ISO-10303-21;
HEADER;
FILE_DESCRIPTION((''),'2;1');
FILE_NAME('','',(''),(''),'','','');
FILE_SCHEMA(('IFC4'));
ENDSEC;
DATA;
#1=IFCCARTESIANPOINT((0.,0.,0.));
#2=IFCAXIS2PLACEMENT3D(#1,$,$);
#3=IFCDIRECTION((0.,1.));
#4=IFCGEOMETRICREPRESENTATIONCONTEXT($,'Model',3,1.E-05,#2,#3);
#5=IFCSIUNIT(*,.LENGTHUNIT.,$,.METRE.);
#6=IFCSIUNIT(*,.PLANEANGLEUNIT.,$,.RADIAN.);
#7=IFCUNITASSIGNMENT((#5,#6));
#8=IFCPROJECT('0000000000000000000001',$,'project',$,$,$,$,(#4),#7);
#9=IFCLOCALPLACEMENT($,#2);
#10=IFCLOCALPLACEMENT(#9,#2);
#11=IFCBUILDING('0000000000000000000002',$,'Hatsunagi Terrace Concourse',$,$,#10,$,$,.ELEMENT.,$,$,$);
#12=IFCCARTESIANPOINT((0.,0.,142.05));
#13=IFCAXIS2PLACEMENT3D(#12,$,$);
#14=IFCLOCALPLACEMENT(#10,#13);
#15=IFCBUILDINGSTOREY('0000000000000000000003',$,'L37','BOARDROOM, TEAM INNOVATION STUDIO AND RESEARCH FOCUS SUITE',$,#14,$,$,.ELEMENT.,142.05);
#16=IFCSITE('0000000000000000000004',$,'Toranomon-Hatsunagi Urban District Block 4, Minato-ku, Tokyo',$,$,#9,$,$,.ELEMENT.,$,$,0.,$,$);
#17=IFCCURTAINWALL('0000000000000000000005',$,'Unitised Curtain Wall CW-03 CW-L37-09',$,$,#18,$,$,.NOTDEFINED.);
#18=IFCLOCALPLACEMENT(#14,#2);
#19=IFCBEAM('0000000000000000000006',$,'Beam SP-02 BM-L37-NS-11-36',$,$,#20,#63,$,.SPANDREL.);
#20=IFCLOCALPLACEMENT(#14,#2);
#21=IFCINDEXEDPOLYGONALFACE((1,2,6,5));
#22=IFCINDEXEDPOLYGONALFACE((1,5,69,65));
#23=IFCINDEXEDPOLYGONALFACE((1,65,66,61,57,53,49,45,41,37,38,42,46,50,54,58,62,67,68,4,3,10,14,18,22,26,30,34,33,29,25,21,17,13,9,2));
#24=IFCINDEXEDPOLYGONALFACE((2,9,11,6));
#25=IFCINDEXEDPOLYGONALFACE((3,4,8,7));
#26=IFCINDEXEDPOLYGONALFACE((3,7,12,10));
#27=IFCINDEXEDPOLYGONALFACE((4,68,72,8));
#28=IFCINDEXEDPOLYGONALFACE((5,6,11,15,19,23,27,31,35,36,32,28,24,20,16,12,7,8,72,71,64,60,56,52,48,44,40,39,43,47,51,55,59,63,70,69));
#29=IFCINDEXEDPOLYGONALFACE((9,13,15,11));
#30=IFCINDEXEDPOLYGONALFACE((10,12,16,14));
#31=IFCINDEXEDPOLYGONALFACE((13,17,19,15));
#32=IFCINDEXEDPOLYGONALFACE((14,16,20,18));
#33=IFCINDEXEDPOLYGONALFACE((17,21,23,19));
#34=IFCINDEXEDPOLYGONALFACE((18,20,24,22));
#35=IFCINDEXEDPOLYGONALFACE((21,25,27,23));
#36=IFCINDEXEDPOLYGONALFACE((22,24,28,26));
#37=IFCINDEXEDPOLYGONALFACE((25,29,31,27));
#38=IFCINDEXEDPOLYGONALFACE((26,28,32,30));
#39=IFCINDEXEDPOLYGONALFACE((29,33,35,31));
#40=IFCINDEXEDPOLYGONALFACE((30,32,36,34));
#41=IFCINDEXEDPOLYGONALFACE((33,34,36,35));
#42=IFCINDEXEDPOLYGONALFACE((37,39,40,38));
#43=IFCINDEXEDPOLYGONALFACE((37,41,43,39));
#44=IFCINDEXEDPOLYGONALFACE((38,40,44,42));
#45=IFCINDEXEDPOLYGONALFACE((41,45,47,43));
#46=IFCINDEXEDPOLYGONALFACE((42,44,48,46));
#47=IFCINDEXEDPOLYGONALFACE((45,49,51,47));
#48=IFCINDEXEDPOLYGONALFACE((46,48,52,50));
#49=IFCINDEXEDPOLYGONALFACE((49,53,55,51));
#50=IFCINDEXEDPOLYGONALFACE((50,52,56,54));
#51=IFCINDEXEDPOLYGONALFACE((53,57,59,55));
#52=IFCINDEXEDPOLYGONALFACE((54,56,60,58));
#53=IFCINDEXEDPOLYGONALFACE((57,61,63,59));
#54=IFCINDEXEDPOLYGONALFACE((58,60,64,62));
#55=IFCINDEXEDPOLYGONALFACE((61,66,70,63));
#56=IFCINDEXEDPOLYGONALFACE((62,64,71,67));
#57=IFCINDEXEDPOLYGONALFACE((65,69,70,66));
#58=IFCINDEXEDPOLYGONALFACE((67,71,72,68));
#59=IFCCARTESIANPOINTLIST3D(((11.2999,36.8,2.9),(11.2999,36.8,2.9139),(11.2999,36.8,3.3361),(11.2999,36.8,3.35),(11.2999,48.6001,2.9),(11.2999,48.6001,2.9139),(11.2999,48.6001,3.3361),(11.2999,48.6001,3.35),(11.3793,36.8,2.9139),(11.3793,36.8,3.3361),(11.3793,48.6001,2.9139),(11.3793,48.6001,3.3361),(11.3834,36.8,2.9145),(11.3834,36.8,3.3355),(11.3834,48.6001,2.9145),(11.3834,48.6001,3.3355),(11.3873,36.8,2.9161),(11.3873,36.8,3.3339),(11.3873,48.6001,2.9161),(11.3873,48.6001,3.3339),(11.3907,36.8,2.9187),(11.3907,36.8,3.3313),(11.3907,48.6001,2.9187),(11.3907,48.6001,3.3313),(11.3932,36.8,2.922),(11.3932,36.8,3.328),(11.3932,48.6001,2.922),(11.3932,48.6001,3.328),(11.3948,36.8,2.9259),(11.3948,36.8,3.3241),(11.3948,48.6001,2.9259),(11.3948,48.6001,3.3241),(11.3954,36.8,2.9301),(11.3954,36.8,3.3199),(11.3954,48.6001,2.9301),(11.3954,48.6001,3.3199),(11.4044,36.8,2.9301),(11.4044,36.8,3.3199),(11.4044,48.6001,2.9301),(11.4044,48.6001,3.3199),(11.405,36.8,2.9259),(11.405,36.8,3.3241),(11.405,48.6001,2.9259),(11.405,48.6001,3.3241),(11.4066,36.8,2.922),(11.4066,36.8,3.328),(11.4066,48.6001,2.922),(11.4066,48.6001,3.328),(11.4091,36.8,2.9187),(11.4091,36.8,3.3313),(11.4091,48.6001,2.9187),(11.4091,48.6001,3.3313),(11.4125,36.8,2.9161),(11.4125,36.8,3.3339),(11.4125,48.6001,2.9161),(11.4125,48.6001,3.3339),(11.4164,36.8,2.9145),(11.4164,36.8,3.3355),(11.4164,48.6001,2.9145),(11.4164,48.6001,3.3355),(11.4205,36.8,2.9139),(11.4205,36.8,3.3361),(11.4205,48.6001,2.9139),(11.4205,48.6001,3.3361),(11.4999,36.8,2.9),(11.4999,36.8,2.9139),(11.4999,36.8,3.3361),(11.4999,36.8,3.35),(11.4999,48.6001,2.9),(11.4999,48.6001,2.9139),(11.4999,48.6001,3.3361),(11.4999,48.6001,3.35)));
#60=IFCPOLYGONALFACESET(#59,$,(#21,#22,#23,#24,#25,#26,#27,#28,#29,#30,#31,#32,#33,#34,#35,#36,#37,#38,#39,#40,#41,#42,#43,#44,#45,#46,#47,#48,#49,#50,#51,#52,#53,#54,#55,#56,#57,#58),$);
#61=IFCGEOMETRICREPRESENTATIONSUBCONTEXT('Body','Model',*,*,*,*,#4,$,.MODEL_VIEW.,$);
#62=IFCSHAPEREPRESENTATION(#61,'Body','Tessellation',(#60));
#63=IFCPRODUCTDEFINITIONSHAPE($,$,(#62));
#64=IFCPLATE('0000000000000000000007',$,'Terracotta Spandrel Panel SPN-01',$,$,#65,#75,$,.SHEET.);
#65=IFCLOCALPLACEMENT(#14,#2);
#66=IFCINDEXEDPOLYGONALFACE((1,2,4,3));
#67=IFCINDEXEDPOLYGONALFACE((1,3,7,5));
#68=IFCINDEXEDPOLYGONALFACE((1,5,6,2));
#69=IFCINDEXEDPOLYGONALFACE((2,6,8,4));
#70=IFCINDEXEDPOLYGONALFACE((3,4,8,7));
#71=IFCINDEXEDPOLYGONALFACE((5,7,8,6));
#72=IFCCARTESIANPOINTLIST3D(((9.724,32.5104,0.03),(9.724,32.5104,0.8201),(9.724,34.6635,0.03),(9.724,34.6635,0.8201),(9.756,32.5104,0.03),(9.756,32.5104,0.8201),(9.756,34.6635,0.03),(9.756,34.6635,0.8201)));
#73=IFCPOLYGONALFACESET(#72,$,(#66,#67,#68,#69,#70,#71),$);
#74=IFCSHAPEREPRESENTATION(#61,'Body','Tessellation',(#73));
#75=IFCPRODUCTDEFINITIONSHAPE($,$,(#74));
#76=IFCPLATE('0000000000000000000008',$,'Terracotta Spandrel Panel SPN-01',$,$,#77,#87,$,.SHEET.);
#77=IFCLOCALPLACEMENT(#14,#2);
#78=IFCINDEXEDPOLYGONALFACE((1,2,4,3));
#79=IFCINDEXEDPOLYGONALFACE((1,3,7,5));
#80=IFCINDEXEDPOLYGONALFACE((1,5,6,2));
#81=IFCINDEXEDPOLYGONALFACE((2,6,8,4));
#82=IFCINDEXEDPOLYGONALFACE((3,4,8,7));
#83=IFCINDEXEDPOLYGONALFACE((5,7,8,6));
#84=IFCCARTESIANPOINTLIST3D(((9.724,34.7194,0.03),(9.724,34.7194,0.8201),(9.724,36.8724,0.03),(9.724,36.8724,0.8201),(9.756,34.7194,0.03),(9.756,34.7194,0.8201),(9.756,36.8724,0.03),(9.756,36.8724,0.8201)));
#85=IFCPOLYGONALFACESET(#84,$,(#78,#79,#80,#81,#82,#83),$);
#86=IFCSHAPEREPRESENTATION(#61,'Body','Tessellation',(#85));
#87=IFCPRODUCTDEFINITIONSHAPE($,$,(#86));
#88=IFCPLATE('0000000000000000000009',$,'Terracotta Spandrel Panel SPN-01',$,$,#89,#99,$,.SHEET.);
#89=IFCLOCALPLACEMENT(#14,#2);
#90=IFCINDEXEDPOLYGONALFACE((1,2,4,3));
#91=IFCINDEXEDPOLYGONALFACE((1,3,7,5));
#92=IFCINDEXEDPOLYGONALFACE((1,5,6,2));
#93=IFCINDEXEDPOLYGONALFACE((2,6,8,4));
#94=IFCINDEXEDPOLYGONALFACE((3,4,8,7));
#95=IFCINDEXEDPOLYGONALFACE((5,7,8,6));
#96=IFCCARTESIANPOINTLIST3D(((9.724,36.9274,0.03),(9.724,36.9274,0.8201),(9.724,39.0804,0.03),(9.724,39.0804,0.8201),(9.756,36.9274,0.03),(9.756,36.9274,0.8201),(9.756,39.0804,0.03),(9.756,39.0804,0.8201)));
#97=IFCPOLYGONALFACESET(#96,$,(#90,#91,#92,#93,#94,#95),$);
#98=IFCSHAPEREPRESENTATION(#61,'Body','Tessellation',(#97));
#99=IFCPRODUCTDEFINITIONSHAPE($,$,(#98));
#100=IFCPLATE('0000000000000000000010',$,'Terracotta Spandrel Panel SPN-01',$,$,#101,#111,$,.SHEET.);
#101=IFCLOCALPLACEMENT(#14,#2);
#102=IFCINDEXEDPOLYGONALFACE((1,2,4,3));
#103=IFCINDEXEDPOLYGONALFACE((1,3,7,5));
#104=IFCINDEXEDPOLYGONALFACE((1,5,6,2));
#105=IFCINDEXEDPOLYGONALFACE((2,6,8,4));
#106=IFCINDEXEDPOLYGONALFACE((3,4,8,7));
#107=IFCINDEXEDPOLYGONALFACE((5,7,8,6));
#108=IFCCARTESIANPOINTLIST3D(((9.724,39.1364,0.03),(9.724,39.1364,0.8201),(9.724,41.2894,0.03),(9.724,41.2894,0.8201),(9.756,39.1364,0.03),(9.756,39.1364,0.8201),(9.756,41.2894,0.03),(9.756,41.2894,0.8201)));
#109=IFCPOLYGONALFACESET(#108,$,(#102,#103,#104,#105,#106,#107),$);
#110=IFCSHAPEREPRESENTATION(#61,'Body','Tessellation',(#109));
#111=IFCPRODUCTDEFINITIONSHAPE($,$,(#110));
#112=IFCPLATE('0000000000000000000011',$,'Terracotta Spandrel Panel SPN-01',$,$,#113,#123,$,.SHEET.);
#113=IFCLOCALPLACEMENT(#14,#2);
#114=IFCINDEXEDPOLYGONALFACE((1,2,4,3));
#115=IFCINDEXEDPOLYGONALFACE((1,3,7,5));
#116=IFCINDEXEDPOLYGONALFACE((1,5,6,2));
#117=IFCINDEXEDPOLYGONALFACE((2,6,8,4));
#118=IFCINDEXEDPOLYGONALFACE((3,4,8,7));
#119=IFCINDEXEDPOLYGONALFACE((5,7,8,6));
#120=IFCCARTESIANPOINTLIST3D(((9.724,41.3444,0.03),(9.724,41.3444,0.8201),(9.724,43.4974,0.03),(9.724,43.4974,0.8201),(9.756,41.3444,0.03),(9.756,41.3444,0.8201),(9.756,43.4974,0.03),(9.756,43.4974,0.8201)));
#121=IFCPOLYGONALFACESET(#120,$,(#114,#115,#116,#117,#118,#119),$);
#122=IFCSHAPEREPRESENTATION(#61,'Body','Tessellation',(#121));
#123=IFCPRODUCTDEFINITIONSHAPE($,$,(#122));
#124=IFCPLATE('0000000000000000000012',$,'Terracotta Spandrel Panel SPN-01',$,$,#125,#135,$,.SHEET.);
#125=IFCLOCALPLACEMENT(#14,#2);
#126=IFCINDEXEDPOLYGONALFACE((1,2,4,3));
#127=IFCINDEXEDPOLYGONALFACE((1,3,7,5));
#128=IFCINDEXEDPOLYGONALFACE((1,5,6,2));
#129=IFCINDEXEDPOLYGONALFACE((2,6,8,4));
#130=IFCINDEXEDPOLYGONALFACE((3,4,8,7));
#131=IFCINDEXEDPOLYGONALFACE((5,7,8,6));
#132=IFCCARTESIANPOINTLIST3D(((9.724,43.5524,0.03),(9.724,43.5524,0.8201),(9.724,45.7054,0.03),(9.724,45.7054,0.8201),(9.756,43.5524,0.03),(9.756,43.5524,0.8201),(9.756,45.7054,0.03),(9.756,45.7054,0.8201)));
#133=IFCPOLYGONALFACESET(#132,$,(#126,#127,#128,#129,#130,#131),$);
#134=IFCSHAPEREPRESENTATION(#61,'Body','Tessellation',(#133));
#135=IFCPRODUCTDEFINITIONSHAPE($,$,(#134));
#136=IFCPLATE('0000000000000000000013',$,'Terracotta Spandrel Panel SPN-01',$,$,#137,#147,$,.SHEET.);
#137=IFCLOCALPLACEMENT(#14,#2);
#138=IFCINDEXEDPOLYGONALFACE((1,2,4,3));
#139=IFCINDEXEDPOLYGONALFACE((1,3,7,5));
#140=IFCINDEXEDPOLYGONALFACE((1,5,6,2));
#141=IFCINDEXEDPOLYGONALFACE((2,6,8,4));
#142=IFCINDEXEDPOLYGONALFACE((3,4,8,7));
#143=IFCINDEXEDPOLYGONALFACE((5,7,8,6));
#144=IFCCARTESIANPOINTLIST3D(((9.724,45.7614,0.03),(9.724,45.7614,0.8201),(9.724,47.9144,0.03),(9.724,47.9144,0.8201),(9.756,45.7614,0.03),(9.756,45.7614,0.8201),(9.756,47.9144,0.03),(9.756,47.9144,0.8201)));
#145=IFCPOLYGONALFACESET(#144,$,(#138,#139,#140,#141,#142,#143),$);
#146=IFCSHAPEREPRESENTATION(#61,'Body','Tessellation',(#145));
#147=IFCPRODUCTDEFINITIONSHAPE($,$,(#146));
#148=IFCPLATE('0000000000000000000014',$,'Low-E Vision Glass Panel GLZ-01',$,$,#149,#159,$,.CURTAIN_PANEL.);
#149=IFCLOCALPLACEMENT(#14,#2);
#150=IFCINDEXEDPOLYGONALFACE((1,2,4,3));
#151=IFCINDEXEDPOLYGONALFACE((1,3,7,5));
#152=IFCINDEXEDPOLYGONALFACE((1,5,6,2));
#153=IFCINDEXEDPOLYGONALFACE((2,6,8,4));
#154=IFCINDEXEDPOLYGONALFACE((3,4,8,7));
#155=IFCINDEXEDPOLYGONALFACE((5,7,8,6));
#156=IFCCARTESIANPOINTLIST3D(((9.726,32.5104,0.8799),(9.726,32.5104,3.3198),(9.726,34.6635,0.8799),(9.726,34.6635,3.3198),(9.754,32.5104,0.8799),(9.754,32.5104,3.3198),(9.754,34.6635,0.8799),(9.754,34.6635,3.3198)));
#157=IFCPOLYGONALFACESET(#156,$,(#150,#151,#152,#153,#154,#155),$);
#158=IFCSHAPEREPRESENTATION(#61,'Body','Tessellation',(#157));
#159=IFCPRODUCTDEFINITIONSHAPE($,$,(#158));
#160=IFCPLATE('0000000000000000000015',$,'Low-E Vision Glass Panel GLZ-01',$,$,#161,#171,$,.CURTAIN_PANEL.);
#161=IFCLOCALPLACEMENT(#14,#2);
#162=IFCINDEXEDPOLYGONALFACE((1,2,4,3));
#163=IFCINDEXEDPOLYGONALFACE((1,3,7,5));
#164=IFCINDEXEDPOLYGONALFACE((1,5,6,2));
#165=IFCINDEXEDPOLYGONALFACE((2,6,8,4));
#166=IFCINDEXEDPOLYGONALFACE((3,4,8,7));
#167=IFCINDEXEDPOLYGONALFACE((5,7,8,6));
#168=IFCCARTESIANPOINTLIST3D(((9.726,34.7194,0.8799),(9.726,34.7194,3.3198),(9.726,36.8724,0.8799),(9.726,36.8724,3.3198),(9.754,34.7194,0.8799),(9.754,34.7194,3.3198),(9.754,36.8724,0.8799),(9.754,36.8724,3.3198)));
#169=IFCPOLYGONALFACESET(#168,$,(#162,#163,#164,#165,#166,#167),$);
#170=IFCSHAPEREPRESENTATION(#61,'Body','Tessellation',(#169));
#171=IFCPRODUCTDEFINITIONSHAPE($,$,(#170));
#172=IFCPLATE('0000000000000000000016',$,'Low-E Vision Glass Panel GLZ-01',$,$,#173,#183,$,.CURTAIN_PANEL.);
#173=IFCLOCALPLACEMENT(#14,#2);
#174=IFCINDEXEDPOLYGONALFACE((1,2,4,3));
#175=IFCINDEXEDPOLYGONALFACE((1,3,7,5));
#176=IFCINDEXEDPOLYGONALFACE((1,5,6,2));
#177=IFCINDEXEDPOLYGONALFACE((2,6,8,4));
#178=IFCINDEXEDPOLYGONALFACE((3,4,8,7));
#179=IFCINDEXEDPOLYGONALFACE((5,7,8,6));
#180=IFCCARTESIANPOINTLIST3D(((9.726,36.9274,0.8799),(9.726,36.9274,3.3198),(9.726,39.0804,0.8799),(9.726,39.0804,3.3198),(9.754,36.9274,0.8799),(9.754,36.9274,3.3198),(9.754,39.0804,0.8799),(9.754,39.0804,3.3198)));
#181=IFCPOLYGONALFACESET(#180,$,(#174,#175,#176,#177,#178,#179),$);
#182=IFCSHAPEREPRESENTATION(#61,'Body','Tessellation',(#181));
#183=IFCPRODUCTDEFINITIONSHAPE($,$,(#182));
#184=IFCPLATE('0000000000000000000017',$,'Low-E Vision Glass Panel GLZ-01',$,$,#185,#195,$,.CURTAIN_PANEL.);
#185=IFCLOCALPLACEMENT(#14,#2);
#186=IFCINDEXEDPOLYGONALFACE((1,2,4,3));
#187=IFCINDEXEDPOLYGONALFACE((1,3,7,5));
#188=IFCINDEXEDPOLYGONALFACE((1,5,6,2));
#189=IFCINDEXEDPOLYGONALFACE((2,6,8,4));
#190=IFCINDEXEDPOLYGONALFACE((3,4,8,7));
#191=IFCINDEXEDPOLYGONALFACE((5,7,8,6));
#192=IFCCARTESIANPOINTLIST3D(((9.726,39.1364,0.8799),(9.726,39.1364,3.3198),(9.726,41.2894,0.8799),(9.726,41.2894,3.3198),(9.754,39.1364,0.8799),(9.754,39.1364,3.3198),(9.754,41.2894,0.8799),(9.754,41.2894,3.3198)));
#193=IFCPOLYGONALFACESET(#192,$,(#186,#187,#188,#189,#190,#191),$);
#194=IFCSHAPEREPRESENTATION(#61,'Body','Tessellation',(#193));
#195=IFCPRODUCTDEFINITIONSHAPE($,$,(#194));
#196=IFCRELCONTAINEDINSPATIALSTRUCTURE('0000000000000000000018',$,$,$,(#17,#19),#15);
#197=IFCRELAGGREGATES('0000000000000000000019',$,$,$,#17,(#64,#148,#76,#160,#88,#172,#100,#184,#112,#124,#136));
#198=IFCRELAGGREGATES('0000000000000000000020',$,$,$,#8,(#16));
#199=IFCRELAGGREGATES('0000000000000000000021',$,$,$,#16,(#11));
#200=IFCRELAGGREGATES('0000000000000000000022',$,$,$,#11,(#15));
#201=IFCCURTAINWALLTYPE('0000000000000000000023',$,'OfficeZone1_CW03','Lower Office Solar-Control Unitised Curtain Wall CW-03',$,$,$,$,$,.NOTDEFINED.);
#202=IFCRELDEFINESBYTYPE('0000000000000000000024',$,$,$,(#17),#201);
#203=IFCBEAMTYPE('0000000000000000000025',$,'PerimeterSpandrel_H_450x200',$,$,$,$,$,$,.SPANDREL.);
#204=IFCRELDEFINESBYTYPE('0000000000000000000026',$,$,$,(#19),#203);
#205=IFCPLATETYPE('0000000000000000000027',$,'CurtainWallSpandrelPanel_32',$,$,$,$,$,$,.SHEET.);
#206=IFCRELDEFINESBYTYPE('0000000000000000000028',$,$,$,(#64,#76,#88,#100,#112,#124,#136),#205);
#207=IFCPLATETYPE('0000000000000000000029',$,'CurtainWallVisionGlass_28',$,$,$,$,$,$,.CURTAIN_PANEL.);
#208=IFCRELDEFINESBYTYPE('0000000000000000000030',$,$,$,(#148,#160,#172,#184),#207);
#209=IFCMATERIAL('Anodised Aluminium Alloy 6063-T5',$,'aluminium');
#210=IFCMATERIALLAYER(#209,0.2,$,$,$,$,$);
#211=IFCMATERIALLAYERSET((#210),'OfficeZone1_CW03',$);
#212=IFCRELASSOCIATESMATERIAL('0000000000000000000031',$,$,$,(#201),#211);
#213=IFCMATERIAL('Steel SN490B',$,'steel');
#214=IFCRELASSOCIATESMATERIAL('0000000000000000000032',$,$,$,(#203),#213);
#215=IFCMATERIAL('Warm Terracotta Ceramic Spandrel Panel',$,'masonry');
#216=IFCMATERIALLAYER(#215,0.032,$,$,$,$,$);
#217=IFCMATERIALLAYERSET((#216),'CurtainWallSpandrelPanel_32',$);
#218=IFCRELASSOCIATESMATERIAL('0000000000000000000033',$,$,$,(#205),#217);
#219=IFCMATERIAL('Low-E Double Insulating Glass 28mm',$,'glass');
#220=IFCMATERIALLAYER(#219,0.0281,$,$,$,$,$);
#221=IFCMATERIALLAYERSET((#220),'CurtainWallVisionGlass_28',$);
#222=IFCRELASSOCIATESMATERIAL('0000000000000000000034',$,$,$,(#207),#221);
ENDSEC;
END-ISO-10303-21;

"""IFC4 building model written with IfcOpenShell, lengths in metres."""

from ifc_helpers import new_model, si_unit, direction, frame, origin, origin_2d, place, context, subcontext, project, spatial, rectangle, i_section, extrude, material, layer, layer_set, material_profile, profile_set, type_object, element, aggregate, save


model = new_model("IFC4")

# Units and contexts
model_context = context("Model", 3, precision=1e-05, world=origin(), true_north=direction((0.0, 1.0)))
body_context = subcontext(model_context, "Body", "Model", "MODEL_VIEW")
ifc_project = project(units=[si_unit("LENGTHUNIT", "METRE"), si_unit("PLANEANGLEUNIT", "RADIAN")], contexts=[model_context])

# Site, building, storey
site_placement = place(None, origin())
site = spatial("IfcSite", under=ifc_project, at=site_placement, Name="Toranomon-Hatsunagi Urban District Block 4, Minato-ku, Tokyo", CompositionType="ELEMENT", RefElevation=0.0)
building_placement = place(site_placement, origin())
building = spatial("IfcBuilding", under=site, at=building_placement, Name="Hatsunagi Terrace Concourse", CompositionType="ELEMENT")
storey_placement = place(building_placement, frame((0.0, 0.0, 142.05)))
storey = spatial("IfcBuildingStorey", under=building, at=storey_placement, Name="L37", Description="BOARDROOM, TEAM INNOVATION STUDIO AND RESEARCH FOCUS SUITE", CompositionType="ELEMENT", Elevation=142.05)

# Curtain wall
ifc_material_1 = material(Name="Anodised Aluminium Alloy 6063-T5", Category="aluminium")
ifc_layer_1 = layer(ifc_material_1, 0.2)
ifc_layer_set_1 = layer_set([ifc_layer_1], Name="OfficeZone1_CW03")
curtain_wall_type = type_object("IfcCurtainWallType", Name="OfficeZone1_CW03", Description="Lower Office Solar-Control Unitised Curtain Wall CW-03", PredefinedType="NOTDEFINED", material=ifc_layer_set_1)
curtain_wall_placement = place(storey_placement, origin())
curtain_wall = element("IfcCurtainWall", 1, at=curtain_wall_placement, inside=storey, type_object=curtain_wall_type, Name="Unitised Curtain Wall CW-03 CW-L37-09", PredefinedType="NOTDEFINED")

# Beam
ifc_material_2 = material(Name="Steel SN490B", Category="steel")
ifc_material_profile_1 = material_profile(ifc_material_2, i_section(OverallWidth=0.2, OverallDepth=0.45, WebThickness=0.009, FlangeThickness=0.0139, FilletRadius=0.0161, at=origin_2d()), Name="H-450x200x9x14")
ifc_profile_set_1 = profile_set([ifc_material_profile_1], Name="Steel SN490B")
beam_type_1 = type_object("IfcBeamType", Name="PerimeterSpandrel_H_450x200", PredefinedType="SPANDREL", material=ifc_profile_set_1)
beam_1_placement = place(storey_placement, frame((11.3999, 36.8, 3.125), z_axis=(0.0, 1.0, 0.0), x_axis=(-1.0, 0.0, 0.0)))
element("IfcBeam", 2, at=beam_1_placement, inside=storey, type_object=beam_type_1, Name="Beam SP-02 BM-L37-NS-11-36", PredefinedType="SPANDREL", context=body_context, shape_type="SweptSolid", body=[
    extrude(i_section(OverallWidth=0.2, OverallDepth=0.45, WebThickness=0.009, FlangeThickness=0.0139, FilletRadius=0.0161, at=origin_2d()), origin(), (0.0, 0.0, 1.0), 11.8),
])

# Plates
ifc_material_3 = material(Name="Warm Terracotta Ceramic Spandrel Panel", Category="masonry")
ifc_layer_2 = layer(ifc_material_3, 0.032)
ifc_layer_set_2 = layer_set([ifc_layer_2], Name="CurtainWallSpandrelPanel_32")
plate_type_1 = type_object("IfcPlateType", Name="CurtainWallSpandrelPanel_32", PredefinedType="SHEET", material=ifc_layer_set_2)
plate_1_placement = place(storey_placement, frame((9.74, 33.5869, 0.03), z_axis=(0.0, 0.0, 1.0), x_axis=(0.0, 1.0, 0.0)))
plate_1 = element("IfcPlate", 3, at=plate_1_placement, type_object=plate_type_1, Name="Terracotta Spandrel Panel SPN-01", PredefinedType="SHEET", context=body_context, shape_type="SweptSolid", body=[
    extrude(rectangle(XDim=2.1531, YDim=0.032, at=origin_2d()), origin(), (0.0, 0.0, 1.0), 0.79),
])
plate_2_placement = place(storey_placement, frame((9.74, 35.7959, 0.03), z_axis=(0.0, 0.0, 1.0), x_axis=(0.0, 1.0, 0.0)))
plate_2 = element("IfcPlate", 4, at=plate_2_placement, type_object=plate_type_1, Name="Terracotta Spandrel Panel SPN-01", PredefinedType="SHEET", context=body_context, shape_type="SweptSolid", body=[
    extrude(rectangle(XDim=2.1531, YDim=0.032, at=origin_2d()), origin(), (0.0, 0.0, 1.0), 0.79),
])
plate_3_placement = place(storey_placement, frame((9.74, 38.0039, 0.03), z_axis=(0.0, 0.0, 1.0), x_axis=(0.0, 1.0, 0.0)))
plate_3 = element("IfcPlate", 5, at=plate_3_placement, type_object=plate_type_1, Name="Terracotta Spandrel Panel SPN-01", PredefinedType="SHEET", context=body_context, shape_type="SweptSolid", body=[
    extrude(rectangle(XDim=2.1531, YDim=0.032, at=origin_2d()), origin(), (0.0, 0.0, 1.0), 0.79),
])
plate_4_placement = place(storey_placement, frame((9.74, 40.2129, 0.03), z_axis=(0.0, 0.0, 1.0), x_axis=(0.0, 1.0, 0.0)))
plate_4 = element("IfcPlate", 6, at=plate_4_placement, type_object=plate_type_1, Name="Terracotta Spandrel Panel SPN-01", PredefinedType="SHEET", context=body_context, shape_type="SweptSolid", body=[
    extrude(rectangle(XDim=2.1531, YDim=0.032, at=origin_2d()), origin(), (0.0, 0.0, 1.0), 0.79),
])
plate_5_placement = place(storey_placement, frame((9.74, 42.4209, 0.03), z_axis=(0.0, 0.0, 1.0), x_axis=(0.0, 1.0, 0.0)))
plate_5 = element("IfcPlate", 7, at=plate_5_placement, type_object=plate_type_1, Name="Terracotta Spandrel Panel SPN-01", PredefinedType="SHEET", context=body_context, shape_type="SweptSolid", body=[
    extrude(rectangle(XDim=2.1531, YDim=0.032, at=origin_2d()), origin(), (0.0, 0.0, 1.0), 0.79),
])
plate_6_placement = place(storey_placement, frame((9.74, 44.6289, 0.03), z_axis=(0.0, 0.0, 1.0), x_axis=(0.0, 1.0, 0.0)))
plate_6 = element("IfcPlate", 8, at=plate_6_placement, type_object=plate_type_1, Name="Terracotta Spandrel Panel SPN-01", PredefinedType="SHEET", context=body_context, shape_type="SweptSolid", body=[
    extrude(rectangle(XDim=2.1531, YDim=0.032, at=origin_2d()), origin(), (0.0, 0.0, 1.0), 0.79),
])
plate_7_placement = place(storey_placement, frame((9.74, 46.8379, 0.03), z_axis=(0.0, 0.0, 1.0), x_axis=(0.0, 1.0, 0.0)))
plate_7 = element("IfcPlate", 9, at=plate_7_placement, type_object=plate_type_1, Name="Terracotta Spandrel Panel SPN-01", PredefinedType="SHEET", context=body_context, shape_type="SweptSolid", body=[
    extrude(rectangle(XDim=2.1531, YDim=0.032, at=origin_2d()), origin(), (0.0, 0.0, 1.0), 0.79),
])
ifc_material_4 = material(Name="Low-E Double Insulating Glass 28mm", Category="glass")
ifc_layer_3 = layer(ifc_material_4, 0.0281)
ifc_layer_set_3 = layer_set([ifc_layer_3], Name="CurtainWallVisionGlass_28")
plate_type_2 = type_object("IfcPlateType", Name="CurtainWallVisionGlass_28", PredefinedType="CURTAIN_PANEL", material=ifc_layer_set_3)
plate_8_placement = place(storey_placement, frame((9.74, 33.5869, 0.8799), z_axis=(0.0, 0.0, 1.0), x_axis=(0.0, 1.0, 0.0)))
plate_8 = element("IfcPlate", 10, at=plate_8_placement, type_object=plate_type_2, Name="Low-E Vision Glass Panel GLZ-01", PredefinedType="CURTAIN_PANEL", context=body_context, shape_type="SweptSolid", body=[
    extrude(rectangle(XDim=2.1531, YDim=0.0281, at=origin_2d()), origin(), (0.0, 0.0, 1.0), 2.4399),
])
plate_9_placement = place(storey_placement, frame((9.74, 35.7959, 0.8799), z_axis=(0.0, 0.0, 1.0), x_axis=(0.0, 1.0, 0.0)))
plate_9 = element("IfcPlate", 11, at=plate_9_placement, type_object=plate_type_2, Name="Low-E Vision Glass Panel GLZ-01", PredefinedType="CURTAIN_PANEL", context=body_context, shape_type="SweptSolid", body=[
    extrude(rectangle(XDim=2.1531, YDim=0.0281, at=origin_2d()), origin(), (0.0, 0.0, 1.0), 2.4399),
])
plate_10_placement = place(storey_placement, frame((9.74, 38.0039, 0.8799), z_axis=(0.0, 0.0, 1.0), x_axis=(0.0, 1.0, 0.0)))
plate_10 = element("IfcPlate", 12, at=plate_10_placement, type_object=plate_type_2, Name="Low-E Vision Glass Panel GLZ-01", PredefinedType="CURTAIN_PANEL", context=body_context, shape_type="SweptSolid", body=[
    extrude(rectangle(XDim=2.1531, YDim=0.0281, at=origin_2d()), origin(), (0.0, 0.0, 1.0), 2.4399),
])
plate_11_placement = place(storey_placement, frame((9.74, 40.2129, 0.8799), z_axis=(0.0, 0.0, 1.0), x_axis=(0.0, 1.0, 0.0)))
plate_11 = element("IfcPlate", 13, at=plate_11_placement, type_object=plate_type_2, Name="Low-E Vision Glass Panel GLZ-01", PredefinedType="CURTAIN_PANEL", context=body_context, shape_type="SweptSolid", body=[
    extrude(rectangle(XDim=2.1531, YDim=0.0281, at=origin_2d()), origin(), (0.0, 0.0, 1.0), 2.4399),
])
aggregate(curtain_wall, [plate_1, plate_8, plate_2, plate_9, plate_3, plate_10, plate_4, plate_11, plate_5, plate_6, plate_7])

save(model, "model.ifc")
